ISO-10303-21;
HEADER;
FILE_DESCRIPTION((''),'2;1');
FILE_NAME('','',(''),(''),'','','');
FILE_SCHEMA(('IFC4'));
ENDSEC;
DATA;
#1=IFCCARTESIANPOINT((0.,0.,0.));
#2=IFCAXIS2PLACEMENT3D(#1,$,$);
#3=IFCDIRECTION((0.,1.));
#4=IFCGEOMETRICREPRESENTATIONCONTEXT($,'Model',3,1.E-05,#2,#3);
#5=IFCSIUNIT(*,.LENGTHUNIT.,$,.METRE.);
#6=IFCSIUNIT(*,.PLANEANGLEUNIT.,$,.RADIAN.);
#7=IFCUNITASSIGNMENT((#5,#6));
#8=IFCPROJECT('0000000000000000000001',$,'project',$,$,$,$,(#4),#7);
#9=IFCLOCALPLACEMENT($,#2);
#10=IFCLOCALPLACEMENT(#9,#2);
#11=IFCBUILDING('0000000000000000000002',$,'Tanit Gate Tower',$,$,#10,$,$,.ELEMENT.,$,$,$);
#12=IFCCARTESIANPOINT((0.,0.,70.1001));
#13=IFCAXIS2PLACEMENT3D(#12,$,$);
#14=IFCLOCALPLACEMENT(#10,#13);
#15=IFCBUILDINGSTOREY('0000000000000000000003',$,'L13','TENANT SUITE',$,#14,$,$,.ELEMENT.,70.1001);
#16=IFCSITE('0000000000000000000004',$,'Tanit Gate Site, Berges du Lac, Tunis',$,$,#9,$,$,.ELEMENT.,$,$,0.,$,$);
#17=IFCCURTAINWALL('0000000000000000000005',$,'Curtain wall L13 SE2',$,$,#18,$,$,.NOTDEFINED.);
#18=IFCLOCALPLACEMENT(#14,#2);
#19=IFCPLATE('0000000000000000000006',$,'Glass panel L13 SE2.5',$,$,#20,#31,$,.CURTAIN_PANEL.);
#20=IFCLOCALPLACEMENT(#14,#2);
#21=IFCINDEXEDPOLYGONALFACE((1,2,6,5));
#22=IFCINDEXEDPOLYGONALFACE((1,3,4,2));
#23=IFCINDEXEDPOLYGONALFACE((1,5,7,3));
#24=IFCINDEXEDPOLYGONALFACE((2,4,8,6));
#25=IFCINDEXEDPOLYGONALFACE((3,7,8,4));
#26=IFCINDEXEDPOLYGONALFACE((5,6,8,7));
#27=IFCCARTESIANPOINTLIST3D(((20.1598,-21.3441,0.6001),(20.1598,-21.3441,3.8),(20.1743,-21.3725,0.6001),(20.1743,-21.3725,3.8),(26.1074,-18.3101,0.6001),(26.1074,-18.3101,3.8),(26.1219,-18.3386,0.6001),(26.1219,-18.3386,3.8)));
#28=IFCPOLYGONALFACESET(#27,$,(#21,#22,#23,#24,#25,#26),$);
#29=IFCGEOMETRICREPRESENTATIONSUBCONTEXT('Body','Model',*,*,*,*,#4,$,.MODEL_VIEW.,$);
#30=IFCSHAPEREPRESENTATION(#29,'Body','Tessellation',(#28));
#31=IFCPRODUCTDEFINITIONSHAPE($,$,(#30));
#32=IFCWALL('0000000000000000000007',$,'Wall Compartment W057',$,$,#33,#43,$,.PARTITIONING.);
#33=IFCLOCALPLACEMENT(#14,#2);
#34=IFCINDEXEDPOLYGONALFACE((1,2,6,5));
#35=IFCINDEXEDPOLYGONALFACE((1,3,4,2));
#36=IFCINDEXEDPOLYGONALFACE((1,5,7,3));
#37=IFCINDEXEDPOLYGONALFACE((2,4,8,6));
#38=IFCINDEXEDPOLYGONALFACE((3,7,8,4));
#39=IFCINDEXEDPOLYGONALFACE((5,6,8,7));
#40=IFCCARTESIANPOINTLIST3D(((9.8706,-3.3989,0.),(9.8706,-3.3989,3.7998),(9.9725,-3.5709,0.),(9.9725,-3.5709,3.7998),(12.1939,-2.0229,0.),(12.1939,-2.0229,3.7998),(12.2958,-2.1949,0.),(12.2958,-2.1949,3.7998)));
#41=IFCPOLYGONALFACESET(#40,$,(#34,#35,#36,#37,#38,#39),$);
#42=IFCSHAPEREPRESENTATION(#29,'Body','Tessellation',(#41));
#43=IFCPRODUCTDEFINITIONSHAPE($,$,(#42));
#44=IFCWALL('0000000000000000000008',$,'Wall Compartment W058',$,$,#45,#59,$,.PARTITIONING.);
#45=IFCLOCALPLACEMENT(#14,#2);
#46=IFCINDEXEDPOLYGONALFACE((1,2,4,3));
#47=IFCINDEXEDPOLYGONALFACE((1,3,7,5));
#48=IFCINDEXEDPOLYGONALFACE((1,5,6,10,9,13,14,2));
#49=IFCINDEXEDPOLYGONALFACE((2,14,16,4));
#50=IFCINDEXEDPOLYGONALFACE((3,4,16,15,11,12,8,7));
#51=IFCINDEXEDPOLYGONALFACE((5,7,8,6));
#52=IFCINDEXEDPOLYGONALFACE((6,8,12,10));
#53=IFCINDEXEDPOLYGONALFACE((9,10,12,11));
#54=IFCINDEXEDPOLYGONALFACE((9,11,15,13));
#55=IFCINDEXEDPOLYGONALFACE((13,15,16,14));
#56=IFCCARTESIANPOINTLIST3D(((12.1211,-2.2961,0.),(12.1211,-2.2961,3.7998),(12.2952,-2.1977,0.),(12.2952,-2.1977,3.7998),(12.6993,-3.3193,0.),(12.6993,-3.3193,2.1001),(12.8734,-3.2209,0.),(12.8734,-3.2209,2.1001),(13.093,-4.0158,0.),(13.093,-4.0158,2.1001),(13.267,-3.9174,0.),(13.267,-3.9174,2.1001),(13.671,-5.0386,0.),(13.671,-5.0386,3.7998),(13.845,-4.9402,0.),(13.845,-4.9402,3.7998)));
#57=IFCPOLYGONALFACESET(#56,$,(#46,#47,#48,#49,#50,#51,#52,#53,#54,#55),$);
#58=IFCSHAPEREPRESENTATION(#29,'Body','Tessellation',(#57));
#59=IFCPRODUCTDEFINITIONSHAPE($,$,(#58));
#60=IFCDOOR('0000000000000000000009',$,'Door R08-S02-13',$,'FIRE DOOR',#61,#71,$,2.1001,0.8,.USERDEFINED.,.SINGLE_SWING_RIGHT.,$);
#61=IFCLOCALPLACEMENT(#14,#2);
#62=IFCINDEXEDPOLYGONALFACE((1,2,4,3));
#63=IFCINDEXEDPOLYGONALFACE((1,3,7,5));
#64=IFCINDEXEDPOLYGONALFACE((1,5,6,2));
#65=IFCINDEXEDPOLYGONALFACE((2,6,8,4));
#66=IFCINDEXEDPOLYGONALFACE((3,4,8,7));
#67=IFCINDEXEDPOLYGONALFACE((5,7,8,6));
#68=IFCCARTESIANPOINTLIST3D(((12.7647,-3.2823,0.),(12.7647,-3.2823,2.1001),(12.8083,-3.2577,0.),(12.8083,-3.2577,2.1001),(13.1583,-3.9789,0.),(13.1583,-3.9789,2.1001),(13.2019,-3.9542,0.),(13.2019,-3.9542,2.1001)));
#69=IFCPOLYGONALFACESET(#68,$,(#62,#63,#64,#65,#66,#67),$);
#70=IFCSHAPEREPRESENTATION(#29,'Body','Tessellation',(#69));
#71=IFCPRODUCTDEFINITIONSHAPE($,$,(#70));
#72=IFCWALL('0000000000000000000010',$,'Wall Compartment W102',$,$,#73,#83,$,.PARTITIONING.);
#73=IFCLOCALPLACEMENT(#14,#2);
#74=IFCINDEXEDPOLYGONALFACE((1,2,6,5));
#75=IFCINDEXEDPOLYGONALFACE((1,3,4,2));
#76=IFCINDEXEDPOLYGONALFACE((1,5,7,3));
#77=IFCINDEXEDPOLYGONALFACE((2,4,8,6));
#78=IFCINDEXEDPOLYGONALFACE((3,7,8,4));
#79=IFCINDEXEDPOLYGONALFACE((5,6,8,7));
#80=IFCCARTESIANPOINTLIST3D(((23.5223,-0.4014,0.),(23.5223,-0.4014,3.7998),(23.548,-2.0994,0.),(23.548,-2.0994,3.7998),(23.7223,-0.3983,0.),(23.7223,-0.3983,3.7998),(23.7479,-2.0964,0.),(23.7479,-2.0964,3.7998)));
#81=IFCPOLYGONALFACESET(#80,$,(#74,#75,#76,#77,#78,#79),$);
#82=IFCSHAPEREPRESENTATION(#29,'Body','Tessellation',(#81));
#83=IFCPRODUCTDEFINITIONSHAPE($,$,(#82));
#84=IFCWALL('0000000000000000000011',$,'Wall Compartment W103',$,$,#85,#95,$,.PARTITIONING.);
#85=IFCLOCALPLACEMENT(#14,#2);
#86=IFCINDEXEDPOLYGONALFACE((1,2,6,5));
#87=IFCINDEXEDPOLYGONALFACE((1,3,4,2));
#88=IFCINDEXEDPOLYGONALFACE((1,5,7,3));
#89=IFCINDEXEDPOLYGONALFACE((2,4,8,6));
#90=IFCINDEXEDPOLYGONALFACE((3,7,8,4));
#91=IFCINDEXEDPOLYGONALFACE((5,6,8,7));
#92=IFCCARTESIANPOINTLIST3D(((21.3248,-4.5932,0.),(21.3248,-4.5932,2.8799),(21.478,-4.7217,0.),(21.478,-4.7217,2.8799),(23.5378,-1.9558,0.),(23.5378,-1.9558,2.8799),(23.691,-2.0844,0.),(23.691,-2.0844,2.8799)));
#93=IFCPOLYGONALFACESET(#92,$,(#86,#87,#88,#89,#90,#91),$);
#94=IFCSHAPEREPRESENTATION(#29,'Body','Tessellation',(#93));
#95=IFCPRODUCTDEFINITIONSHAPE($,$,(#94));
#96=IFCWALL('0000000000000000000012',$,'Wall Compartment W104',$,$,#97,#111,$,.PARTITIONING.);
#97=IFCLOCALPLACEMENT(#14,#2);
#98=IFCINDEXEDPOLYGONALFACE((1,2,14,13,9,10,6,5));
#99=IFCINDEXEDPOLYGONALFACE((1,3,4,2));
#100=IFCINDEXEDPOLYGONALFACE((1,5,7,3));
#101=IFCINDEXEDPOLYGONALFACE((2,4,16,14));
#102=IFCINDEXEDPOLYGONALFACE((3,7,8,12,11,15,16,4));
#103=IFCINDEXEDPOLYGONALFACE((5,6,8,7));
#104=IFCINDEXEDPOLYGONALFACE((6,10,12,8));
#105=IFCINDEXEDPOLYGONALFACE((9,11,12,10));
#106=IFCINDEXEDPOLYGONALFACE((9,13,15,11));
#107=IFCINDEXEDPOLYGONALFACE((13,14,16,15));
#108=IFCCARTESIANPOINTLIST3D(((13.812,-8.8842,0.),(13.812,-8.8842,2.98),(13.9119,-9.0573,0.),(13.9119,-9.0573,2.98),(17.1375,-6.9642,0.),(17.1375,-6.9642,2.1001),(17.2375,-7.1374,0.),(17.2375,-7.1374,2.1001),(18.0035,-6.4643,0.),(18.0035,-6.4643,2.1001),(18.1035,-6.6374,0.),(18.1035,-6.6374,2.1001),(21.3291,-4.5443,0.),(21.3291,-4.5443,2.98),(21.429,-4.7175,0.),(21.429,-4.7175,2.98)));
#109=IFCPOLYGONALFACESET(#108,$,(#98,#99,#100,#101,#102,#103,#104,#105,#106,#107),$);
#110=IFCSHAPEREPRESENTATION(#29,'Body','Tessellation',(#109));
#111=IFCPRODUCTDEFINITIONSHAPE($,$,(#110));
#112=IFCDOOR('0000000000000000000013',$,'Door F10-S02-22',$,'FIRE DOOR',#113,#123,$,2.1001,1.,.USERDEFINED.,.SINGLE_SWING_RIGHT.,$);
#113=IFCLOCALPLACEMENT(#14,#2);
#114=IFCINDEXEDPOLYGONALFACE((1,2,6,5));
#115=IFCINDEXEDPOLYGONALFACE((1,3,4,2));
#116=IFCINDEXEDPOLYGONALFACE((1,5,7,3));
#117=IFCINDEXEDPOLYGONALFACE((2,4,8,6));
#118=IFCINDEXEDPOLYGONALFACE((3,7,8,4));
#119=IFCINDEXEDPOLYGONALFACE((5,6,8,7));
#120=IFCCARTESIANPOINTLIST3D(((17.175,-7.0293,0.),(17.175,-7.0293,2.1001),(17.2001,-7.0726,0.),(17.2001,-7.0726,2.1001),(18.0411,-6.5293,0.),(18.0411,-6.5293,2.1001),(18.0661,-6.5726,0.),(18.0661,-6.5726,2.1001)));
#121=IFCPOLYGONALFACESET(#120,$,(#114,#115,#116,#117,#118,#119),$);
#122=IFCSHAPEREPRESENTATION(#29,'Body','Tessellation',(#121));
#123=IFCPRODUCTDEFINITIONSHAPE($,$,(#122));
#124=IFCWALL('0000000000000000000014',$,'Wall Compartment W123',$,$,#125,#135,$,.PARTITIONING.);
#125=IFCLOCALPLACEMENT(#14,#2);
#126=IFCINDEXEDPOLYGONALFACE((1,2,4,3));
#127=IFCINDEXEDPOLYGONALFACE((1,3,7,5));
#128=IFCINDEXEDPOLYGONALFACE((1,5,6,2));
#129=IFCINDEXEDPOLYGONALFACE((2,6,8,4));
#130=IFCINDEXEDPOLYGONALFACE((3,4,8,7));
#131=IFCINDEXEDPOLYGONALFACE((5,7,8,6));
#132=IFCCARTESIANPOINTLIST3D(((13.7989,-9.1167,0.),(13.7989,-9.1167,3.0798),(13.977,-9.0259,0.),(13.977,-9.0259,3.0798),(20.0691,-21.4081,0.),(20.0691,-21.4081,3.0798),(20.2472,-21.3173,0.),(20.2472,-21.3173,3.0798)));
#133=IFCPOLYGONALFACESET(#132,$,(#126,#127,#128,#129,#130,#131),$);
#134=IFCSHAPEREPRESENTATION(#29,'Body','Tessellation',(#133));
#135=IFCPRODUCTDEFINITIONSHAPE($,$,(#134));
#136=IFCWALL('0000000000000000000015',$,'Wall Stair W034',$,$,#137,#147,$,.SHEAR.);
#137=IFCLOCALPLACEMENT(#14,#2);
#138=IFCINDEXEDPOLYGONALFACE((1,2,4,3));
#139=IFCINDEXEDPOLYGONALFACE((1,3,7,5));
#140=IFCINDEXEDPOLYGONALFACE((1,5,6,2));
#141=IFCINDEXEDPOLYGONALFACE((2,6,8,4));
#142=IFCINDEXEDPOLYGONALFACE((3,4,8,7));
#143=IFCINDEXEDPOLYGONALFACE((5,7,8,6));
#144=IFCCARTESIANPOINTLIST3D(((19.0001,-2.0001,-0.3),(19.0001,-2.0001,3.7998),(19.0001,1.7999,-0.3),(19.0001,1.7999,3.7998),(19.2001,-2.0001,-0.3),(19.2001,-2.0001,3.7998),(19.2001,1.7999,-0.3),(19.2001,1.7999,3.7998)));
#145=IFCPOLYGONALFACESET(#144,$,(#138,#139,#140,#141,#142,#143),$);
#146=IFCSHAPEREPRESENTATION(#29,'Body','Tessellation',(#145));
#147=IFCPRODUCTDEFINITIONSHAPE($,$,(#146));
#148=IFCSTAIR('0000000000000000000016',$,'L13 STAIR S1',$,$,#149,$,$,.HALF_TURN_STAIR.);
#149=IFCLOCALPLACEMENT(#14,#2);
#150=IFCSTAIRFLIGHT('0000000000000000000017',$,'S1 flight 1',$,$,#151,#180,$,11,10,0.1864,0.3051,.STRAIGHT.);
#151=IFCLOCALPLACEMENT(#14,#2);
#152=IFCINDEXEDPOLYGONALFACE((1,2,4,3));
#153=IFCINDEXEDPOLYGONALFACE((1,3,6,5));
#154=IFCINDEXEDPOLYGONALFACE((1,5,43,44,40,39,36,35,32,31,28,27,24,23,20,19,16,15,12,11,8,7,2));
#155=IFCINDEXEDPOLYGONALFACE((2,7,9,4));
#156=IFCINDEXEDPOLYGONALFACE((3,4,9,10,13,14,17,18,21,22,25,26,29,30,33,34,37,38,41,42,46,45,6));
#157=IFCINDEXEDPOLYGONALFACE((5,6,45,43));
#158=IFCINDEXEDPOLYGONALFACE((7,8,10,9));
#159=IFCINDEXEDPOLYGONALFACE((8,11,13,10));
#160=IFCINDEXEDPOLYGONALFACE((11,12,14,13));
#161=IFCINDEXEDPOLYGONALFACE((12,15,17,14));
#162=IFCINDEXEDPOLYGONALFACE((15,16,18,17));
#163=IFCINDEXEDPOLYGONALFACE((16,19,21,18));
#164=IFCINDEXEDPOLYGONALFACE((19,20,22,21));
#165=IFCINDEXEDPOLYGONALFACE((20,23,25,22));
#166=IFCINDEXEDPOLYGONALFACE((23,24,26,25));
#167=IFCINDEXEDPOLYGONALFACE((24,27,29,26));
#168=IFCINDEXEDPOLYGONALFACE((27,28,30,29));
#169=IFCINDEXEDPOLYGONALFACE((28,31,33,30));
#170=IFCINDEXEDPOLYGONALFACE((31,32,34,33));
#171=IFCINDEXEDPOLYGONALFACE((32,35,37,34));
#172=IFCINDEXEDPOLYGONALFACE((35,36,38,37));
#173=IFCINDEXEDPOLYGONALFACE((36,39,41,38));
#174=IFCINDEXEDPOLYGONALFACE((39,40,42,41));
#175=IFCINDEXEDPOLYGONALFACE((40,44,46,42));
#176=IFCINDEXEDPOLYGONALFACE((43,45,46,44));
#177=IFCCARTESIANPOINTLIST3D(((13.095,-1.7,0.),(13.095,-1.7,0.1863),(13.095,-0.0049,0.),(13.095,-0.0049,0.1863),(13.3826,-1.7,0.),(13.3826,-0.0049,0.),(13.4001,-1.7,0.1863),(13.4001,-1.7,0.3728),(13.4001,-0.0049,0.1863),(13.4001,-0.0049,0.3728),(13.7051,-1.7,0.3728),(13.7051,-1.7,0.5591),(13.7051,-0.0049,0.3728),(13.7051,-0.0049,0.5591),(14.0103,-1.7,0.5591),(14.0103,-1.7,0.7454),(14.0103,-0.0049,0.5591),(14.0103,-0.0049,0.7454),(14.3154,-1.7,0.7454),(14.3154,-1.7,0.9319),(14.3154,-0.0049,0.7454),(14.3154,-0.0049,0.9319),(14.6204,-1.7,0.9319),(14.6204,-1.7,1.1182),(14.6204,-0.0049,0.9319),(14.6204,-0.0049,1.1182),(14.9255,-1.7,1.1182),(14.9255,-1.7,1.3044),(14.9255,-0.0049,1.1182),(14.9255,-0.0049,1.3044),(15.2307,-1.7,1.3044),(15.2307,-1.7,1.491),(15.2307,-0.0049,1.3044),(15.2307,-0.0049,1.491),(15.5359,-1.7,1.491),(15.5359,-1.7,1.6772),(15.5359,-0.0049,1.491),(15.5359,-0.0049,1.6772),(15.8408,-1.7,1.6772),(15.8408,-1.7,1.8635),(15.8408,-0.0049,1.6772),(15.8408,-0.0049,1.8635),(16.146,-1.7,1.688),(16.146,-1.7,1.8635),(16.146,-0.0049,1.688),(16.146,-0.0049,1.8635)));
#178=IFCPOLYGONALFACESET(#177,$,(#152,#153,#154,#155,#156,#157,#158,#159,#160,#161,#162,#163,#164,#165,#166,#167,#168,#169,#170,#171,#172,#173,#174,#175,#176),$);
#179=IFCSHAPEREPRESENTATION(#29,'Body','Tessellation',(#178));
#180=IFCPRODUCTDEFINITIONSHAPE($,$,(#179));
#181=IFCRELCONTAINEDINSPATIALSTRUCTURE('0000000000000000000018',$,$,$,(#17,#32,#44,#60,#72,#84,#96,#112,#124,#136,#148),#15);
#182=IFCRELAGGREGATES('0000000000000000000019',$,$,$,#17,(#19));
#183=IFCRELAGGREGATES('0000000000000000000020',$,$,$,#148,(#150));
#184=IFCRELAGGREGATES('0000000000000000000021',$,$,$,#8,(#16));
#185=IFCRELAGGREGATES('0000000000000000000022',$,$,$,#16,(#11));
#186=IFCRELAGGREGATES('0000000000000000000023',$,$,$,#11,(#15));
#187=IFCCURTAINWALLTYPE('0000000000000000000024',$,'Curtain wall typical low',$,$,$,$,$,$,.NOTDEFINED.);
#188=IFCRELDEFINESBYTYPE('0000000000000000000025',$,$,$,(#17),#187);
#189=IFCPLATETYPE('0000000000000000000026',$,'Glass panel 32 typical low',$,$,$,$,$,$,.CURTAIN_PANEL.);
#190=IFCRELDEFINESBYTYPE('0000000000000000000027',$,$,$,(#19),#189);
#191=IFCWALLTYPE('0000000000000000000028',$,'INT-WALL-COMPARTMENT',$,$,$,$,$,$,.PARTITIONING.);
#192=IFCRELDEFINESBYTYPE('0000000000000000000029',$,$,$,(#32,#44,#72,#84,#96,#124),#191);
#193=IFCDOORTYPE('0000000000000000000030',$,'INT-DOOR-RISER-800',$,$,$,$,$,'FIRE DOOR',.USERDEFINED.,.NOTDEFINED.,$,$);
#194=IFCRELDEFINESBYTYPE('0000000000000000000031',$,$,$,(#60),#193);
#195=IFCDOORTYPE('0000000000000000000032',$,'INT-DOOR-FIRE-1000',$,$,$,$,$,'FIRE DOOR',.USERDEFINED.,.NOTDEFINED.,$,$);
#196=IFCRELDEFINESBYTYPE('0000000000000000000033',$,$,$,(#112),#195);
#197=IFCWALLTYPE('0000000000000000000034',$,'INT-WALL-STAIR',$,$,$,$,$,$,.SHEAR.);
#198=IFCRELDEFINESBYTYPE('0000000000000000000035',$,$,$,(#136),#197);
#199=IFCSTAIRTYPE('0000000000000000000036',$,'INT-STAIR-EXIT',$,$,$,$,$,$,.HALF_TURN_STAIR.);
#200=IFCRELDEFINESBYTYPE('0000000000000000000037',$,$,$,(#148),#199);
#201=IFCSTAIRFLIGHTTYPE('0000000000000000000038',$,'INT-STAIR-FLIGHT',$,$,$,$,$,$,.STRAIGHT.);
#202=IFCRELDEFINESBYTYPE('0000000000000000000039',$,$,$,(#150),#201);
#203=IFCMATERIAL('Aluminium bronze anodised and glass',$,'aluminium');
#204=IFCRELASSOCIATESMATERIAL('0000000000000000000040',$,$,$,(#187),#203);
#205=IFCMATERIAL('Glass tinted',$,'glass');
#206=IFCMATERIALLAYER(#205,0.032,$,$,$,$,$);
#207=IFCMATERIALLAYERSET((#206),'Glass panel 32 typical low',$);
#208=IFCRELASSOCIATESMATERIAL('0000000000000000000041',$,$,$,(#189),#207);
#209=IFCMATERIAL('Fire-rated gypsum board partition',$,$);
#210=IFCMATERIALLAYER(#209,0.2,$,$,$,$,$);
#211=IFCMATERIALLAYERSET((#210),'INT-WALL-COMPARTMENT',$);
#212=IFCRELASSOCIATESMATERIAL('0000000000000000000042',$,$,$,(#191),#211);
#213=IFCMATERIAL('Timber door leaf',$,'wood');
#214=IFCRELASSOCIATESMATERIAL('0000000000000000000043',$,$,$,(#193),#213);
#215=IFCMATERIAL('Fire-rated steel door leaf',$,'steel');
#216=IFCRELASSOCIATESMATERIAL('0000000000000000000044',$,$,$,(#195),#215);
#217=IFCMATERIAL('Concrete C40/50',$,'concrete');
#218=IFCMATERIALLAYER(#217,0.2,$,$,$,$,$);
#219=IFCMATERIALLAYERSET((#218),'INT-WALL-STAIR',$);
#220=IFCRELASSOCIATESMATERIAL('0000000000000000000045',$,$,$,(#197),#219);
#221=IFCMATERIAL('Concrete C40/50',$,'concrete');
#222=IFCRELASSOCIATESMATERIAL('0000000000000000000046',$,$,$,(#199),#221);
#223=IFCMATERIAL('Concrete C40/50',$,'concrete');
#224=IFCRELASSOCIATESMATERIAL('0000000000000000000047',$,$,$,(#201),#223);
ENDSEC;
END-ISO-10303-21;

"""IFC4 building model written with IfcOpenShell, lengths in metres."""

from ifc_helpers import new_model, si_unit, direction, frame, frame_2d, origin, origin_2d, place, context, subcontext, project, spatial, polyline, rectangle, outline, extrude, material, layer, layer_set, type_object, element, fill, aggregate, save


model = new_model("IFC4")

# Units and contexts
model_context = context("Model", 3, precision=1e-05, world=origin(), true_north=direction((0.0, 1.0)))
body_context = subcontext(model_context, "Body", "Model", "MODEL_VIEW")
ifc_project = project(units=[si_unit("LENGTHUNIT", "METRE"), si_unit("PLANEANGLEUNIT", "RADIAN")], contexts=[model_context])

# Site, building, storey
site_placement = place(None, origin())
site = spatial("IfcSite", under=ifc_project, at=site_placement, Name="Tanit Gate Site, Berges du Lac, Tunis", CompositionType="ELEMENT", RefElevation=0.0)
building_placement = place(site_placement, origin())
building = spatial("IfcBuilding", under=site, at=building_placement, Name="Tanit Gate Tower", CompositionType="ELEMENT")
storey_placement = place(building_placement, frame((0.0, 0.0, 70.1001)))
storey = spatial("IfcBuildingStorey", under=building, at=storey_placement, Name="L13", Description="TENANT SUITE", CompositionType="ELEMENT", Elevation=70.1001)

# Curtain wall
ifc_material_1 = material(Name="Aluminium bronze anodised and glass", Category="aluminium")
curtain_wall_type = type_object("IfcCurtainWallType", Name="Curtain wall typical low", PredefinedType="NOTDEFINED", material=ifc_material_1)
curtain_wall_placement = place(storey_placement, origin())
curtain_wall = element("IfcCurtainWall", 1, at=curtain_wall_placement, inside=storey, type_object=curtain_wall_type, Name="Curtain wall L13 SE2", PredefinedType="NOTDEFINED")

# Plate
ifc_material_2 = material(Name="Glass tinted", Category="glass")
ifc_layer_1 = layer(ifc_material_2, 0.032)
ifc_layer_set_1 = layer_set([ifc_layer_1], Name="Glass panel 32 typical low")
plate_type = type_object("IfcPlateType", Name="Glass panel 32 typical low", PredefinedType="CURTAIN_PANEL", material=ifc_layer_set_1)
plate_1_placement = place(storey_placement, frame((23.1409, -19.8413, 0.6001), z_axis=(0.0, 0.0, 1.0), x_axis=(0.890792, 0.454411, 0.0)))
plate_1 = element("IfcPlate", 2, at=plate_1_placement, type_object=plate_type, Name="Glass panel L13 SE2.5", PredefinedType="CURTAIN_PANEL", context=body_context, shape_type="SweptSolid", body=[
    extrude(rectangle(XDim=6.6768, YDim=0.032, at=origin_2d()), origin(), (0.0, 0.0, 1.0), 3.2),
])
aggregate(curtain_wall, [plate_1])

# Wall
ifc_material_3 = material(Name="Fire-rated gypsum board partition")
ifc_layer_2 = layer(ifc_material_3, 0.2)
ifc_layer_set_2 = layer_set([ifc_layer_2], Name="INT-WALL-COMPARTMENT")
wall_type_1 = type_object("IfcWallType", Name="INT-WALL-COMPARTMENT", PredefinedType="PARTITIONING", material=ifc_layer_set_2)
wall_1_placement = place(storey_placement, frame((12.2449, -2.1089, 0.0), z_axis=(0.0, 0.0, 1.0), x_axis=(-0.860415, -0.509594, 0.0)))
element("IfcWall", 3, at=wall_1_placement, inside=storey, type_object=wall_type_1, Name="Wall Compartment W057", PredefinedType="PARTITIONING", context=body_context, shape_type="SweptSolid", body=[
    extrude(rectangle(XDim=2.7002, YDim=0.2, at=frame_2d((1.3501, 0.0))), origin(), (0.0, 0.0, 1.0), 3.7998),
])

# Wall, opening, door
wall_2_placement = place(storey_placement, frame((13.7581, -4.9895, 0.0), z_axis=(0.0, 0.0, 1.0), x_axis=(-0.491993, 0.870599, 0.0)))
wall_2 = element("IfcWall", 4, at=wall_2_placement, inside=storey, type_object=wall_type_1, Name="Wall Compartment W058", PredefinedType="PARTITIONING", context=body_context, shape_type="SweptSolid", body=[
    extrude(rectangle(XDim=3.1501, YDim=0.2, at=frame_2d((1.5752, 0.0))), origin(), (0.0, 0.0, 1.0), 3.7998),
])
opening_1_placement = place(wall_2_placement, frame((1.175, 0.0, 0.0)))
opening_1 = element("IfcOpeningElement", 5, at=opening_1_placement, cuts=wall_2, PredefinedType="OPENING", context=body_context, shape_type="SweptSolid", body=[
    extrude(rectangle(XDim=0.8, YDim=2.1001, at=frame_2d((0.3999, 1.05))), frame((0.0, 0.1099, 0.0), z_axis=(0.0, -1.0, 0.0), x_axis=(1.0, 0.0, 0.0)), (0.0, 0.0, 1.0), 0.22),
])
ifc_material_4 = material(Name="Timber door leaf", Category="wood")
door_type_1 = type_object("IfcDoorType", Name="INT-DOOR-RISER-800", ElementType="FIRE DOOR", OperationType="NOTDEFINED", PredefinedType="USERDEFINED", material=ifc_material_4)
door_1_placement = place(opening_1_placement, origin())
door_1 = element("IfcDoor", 6, at=door_1_placement, inside=storey, type_object=door_type_1, Name="Door R08-S02-13", ObjectType="FIRE DOOR", OperationType="SINGLE_SWING_RIGHT", OverallHeight=2.1001, OverallWidth=0.8, PredefinedType="USERDEFINED", context=body_context, shape_type="SweptSolid", body=[
    extrude(rectangle(XDim=0.8, YDim=2.1001, at=frame_2d((0.3999, 1.05))), frame((0.0, 0.0249, 0.0), z_axis=(0.0, -1.0, 0.0), x_axis=(1.0, 0.0, 0.0)), (0.0, 0.0, 1.0), 0.05),
])
fill(opening_1, door_1)

# Walls
wall_3_placement = place(storey_placement, frame((23.6479, -2.0979, 0.0), z_axis=(0.0, 0.0, 1.0), x_axis=(-0.015095, 0.999886, 0.0)))
element("IfcWall", 7, at=wall_3_placement, inside=storey, type_object=wall_type_1, Name="Wall Compartment W102", PredefinedType="PARTITIONING", context=body_context, shape_type="SweptSolid", body=[
    extrude(rectangle(XDim=1.6982, YDim=0.2, at=frame_2d((0.8491, 0.0))), origin(), (0.0, 0.0, 1.0), 3.7998),
])
wall_4_placement = place(storey_placement, frame((21.4014, -4.6575, 0.0), z_axis=(0.0, 0.0, 1.0), x_axis=(0.642796, 0.766037, 0.0)))
element("IfcWall", 8, at=wall_4_placement, inside=storey, type_object=wall_type_1, Name="Wall Compartment W103", PredefinedType="PARTITIONING", context=body_context, shape_type="SweptSolid", body=[
    extrude(rectangle(XDim=3.4429, YDim=0.2, at=frame_2d((1.7214, 0.0))), origin(), (0.0, 0.0, 1.0), 2.8799),
])

# Wall, opening, door
wall_5_placement = place(storey_placement, frame((13.8621, -8.9707, 0.0), z_axis=(0.0, 0.0, 1.0), x_axis=(0.866033, 0.499987, 0.0)))
wall_5 = element("IfcWall", 9, at=wall_5_placement, inside=storey, type_object=wall_type_1, Name="Wall Compartment W104", PredefinedType="PARTITIONING", context=body_context, shape_type="SweptSolid", body=[
    extrude(rectangle(XDim=8.6799, YDim=0.2, at=frame_2d((4.3398, 0.0))), origin(), (0.0, 0.0, 1.0), 2.98),
])
opening_2_placement = place(wall_5_placement, frame((3.8398, 0.0, 0.0)))
opening_2 = element("IfcOpeningElement", 10, at=opening_2_placement, cuts=wall_5, PredefinedType="OPENING", context=body_context, shape_type="SweptSolid", body=[
    extrude(rectangle(XDim=1.0, YDim=2.1001, at=frame_2d((0.5, 1.05))), frame((0.0, 0.1099, 0.0), z_axis=(0.0, -1.0, 0.0), x_axis=(1.0, 0.0, 0.0)), (0.0, 0.0, 1.0), 0.22),
])
ifc_material_5 = material(Name="Fire-rated steel door leaf", Category="steel")
door_type_2 = type_object("IfcDoorType", Name="INT-DOOR-FIRE-1000", ElementType="FIRE DOOR", OperationType="NOTDEFINED", PredefinedType="USERDEFINED", material=ifc_material_5)
door_2_placement = place(opening_2_placement, origin())
door_2 = element("IfcDoor", 11, at=door_2_placement, inside=storey, type_object=door_type_2, Name="Door F10-S02-22", ObjectType="FIRE DOOR", OperationType="SINGLE_SWING_RIGHT", OverallHeight=2.1001, OverallWidth=1.0, PredefinedType="USERDEFINED", context=body_context, shape_type="SweptSolid", body=[
    extrude(rectangle(XDim=1.0, YDim=2.1001, at=frame_2d((0.5, 1.05))), frame((0.0, 0.0249, 0.0), z_axis=(0.0, -1.0, 0.0), x_axis=(1.0, 0.0, 0.0)), (0.0, 0.0, 1.0), 0.05),
])
fill(opening_2, door_2)

# Walls
wall_6_placement = place(storey_placement, frame((13.8879, -9.0713, 0.0), z_axis=(0.0, 0.0, 1.0), x_axis=(0.454418, -0.890789, 0.0)))
element("IfcWall", 12, at=wall_6_placement, inside=storey, type_object=wall_type_1, Name="Wall Compartment W123", PredefinedType="PARTITIONING", context=body_context, shape_type="SweptSolid", body=[
    extrude(rectangle(XDim=13.7983, YDim=0.2, at=frame_2d((6.8992, 0.0))), origin(), (0.0, 0.0, 1.0), 3.0798),
])
ifc_material_6 = material(Name="Concrete C40/50", Category="concrete")
ifc_layer_3 = layer(ifc_material_6, 0.2)
ifc_layer_set_3 = layer_set([ifc_layer_3], Name="INT-WALL-STAIR")
wall_type_2 = type_object("IfcWallType", Name="INT-WALL-STAIR", PredefinedType="SHEAR", material=ifc_layer_set_3)
wall_7_placement = place(storey_placement, frame((19.1001, -2.0, -0.3), z_axis=(0.0, 0.0, 1.0), x_axis=(0.0, 1.0, 0.0)))
element("IfcWall", 13, at=wall_7_placement, inside=storey, type_object=wall_type_2, Name="Wall Stair W034", PredefinedType="SHEAR", context=body_context, shape_type="SweptSolid", body=[
    extrude(rectangle(XDim=3.8, YDim=0.2, at=frame_2d((1.8999, 0.0))), origin(), (0.0, 0.0, 1.0), 4.0999),
])

# Stair, stair flight
ifc_material_7 = material(Name="Concrete C40/50", Category="concrete")
stair_type = type_object("IfcStairType", Name="INT-STAIR-EXIT", PredefinedType="HALF_TURN_STAIR", material=ifc_material_7)
stair_placement = place(storey_placement, origin())
stair = element("IfcStair", 14, at=stair_placement, inside=storey, type_object=stair_type, Name="L13 STAIR S1", PredefinedType="HALF_TURN_STAIR")
ifc_material_8 = material(Name="Concrete C40/50", Category="concrete")
stair_flight_type = type_object("IfcStairFlightType", Name="INT-STAIR-FLIGHT", PredefinedType="STRAIGHT", material=ifc_material_8)
stair_flight_placement = place(storey_placement, frame((13.095, -0.8525, 0.0), z_axis=(0.0, 0.0, 1.0), x_axis=(1.0, 0.0, 0.0)))
stair_flight = element("IfcStairFlight", 15, at=stair_flight_placement, type_object=stair_flight_type, Name="S1 flight 1", NumberOfRisers=11, NumberOfTreads=10, PredefinedType="STRAIGHT", RiserHeight=0.1864, TreadLength=0.3051, context=body_context, shape_type="SweptSolid", body=[
    extrude(outline(polyline([(0.0, 0.0), (0.0, 0.1863), (0.3052, 0.1863), (0.3052, 0.3728), (0.6101, 0.3728), (0.6101, 0.5591), (0.9153, 0.5591), (0.9153, 0.7454), (1.2205, 0.7454), (1.2205, 0.9319), (1.5254, 0.9319), (1.5254, 1.1182), (1.8306, 1.1182), (1.8306, 1.3044), (2.1357, 1.3044), (2.1357, 1.491), (2.4409, 1.491), (2.4409, 1.6772), (2.7458, 1.6772), (2.7458, 1.8635), (3.051, 1.8635), (3.051, 2.05), (3.051, 1.688), (0.2876, 0.0), (0.0, 0.0)])), frame((0.0, 0.8477, 0.0), z_axis=(0.0, -1.0, 0.0), x_axis=(1.0, 0.0, 0.0)), (0.0, 0.0, 1.0), 1.6951),
])
aggregate(stair, [stair_flight])

save(model, "model.ifc")
